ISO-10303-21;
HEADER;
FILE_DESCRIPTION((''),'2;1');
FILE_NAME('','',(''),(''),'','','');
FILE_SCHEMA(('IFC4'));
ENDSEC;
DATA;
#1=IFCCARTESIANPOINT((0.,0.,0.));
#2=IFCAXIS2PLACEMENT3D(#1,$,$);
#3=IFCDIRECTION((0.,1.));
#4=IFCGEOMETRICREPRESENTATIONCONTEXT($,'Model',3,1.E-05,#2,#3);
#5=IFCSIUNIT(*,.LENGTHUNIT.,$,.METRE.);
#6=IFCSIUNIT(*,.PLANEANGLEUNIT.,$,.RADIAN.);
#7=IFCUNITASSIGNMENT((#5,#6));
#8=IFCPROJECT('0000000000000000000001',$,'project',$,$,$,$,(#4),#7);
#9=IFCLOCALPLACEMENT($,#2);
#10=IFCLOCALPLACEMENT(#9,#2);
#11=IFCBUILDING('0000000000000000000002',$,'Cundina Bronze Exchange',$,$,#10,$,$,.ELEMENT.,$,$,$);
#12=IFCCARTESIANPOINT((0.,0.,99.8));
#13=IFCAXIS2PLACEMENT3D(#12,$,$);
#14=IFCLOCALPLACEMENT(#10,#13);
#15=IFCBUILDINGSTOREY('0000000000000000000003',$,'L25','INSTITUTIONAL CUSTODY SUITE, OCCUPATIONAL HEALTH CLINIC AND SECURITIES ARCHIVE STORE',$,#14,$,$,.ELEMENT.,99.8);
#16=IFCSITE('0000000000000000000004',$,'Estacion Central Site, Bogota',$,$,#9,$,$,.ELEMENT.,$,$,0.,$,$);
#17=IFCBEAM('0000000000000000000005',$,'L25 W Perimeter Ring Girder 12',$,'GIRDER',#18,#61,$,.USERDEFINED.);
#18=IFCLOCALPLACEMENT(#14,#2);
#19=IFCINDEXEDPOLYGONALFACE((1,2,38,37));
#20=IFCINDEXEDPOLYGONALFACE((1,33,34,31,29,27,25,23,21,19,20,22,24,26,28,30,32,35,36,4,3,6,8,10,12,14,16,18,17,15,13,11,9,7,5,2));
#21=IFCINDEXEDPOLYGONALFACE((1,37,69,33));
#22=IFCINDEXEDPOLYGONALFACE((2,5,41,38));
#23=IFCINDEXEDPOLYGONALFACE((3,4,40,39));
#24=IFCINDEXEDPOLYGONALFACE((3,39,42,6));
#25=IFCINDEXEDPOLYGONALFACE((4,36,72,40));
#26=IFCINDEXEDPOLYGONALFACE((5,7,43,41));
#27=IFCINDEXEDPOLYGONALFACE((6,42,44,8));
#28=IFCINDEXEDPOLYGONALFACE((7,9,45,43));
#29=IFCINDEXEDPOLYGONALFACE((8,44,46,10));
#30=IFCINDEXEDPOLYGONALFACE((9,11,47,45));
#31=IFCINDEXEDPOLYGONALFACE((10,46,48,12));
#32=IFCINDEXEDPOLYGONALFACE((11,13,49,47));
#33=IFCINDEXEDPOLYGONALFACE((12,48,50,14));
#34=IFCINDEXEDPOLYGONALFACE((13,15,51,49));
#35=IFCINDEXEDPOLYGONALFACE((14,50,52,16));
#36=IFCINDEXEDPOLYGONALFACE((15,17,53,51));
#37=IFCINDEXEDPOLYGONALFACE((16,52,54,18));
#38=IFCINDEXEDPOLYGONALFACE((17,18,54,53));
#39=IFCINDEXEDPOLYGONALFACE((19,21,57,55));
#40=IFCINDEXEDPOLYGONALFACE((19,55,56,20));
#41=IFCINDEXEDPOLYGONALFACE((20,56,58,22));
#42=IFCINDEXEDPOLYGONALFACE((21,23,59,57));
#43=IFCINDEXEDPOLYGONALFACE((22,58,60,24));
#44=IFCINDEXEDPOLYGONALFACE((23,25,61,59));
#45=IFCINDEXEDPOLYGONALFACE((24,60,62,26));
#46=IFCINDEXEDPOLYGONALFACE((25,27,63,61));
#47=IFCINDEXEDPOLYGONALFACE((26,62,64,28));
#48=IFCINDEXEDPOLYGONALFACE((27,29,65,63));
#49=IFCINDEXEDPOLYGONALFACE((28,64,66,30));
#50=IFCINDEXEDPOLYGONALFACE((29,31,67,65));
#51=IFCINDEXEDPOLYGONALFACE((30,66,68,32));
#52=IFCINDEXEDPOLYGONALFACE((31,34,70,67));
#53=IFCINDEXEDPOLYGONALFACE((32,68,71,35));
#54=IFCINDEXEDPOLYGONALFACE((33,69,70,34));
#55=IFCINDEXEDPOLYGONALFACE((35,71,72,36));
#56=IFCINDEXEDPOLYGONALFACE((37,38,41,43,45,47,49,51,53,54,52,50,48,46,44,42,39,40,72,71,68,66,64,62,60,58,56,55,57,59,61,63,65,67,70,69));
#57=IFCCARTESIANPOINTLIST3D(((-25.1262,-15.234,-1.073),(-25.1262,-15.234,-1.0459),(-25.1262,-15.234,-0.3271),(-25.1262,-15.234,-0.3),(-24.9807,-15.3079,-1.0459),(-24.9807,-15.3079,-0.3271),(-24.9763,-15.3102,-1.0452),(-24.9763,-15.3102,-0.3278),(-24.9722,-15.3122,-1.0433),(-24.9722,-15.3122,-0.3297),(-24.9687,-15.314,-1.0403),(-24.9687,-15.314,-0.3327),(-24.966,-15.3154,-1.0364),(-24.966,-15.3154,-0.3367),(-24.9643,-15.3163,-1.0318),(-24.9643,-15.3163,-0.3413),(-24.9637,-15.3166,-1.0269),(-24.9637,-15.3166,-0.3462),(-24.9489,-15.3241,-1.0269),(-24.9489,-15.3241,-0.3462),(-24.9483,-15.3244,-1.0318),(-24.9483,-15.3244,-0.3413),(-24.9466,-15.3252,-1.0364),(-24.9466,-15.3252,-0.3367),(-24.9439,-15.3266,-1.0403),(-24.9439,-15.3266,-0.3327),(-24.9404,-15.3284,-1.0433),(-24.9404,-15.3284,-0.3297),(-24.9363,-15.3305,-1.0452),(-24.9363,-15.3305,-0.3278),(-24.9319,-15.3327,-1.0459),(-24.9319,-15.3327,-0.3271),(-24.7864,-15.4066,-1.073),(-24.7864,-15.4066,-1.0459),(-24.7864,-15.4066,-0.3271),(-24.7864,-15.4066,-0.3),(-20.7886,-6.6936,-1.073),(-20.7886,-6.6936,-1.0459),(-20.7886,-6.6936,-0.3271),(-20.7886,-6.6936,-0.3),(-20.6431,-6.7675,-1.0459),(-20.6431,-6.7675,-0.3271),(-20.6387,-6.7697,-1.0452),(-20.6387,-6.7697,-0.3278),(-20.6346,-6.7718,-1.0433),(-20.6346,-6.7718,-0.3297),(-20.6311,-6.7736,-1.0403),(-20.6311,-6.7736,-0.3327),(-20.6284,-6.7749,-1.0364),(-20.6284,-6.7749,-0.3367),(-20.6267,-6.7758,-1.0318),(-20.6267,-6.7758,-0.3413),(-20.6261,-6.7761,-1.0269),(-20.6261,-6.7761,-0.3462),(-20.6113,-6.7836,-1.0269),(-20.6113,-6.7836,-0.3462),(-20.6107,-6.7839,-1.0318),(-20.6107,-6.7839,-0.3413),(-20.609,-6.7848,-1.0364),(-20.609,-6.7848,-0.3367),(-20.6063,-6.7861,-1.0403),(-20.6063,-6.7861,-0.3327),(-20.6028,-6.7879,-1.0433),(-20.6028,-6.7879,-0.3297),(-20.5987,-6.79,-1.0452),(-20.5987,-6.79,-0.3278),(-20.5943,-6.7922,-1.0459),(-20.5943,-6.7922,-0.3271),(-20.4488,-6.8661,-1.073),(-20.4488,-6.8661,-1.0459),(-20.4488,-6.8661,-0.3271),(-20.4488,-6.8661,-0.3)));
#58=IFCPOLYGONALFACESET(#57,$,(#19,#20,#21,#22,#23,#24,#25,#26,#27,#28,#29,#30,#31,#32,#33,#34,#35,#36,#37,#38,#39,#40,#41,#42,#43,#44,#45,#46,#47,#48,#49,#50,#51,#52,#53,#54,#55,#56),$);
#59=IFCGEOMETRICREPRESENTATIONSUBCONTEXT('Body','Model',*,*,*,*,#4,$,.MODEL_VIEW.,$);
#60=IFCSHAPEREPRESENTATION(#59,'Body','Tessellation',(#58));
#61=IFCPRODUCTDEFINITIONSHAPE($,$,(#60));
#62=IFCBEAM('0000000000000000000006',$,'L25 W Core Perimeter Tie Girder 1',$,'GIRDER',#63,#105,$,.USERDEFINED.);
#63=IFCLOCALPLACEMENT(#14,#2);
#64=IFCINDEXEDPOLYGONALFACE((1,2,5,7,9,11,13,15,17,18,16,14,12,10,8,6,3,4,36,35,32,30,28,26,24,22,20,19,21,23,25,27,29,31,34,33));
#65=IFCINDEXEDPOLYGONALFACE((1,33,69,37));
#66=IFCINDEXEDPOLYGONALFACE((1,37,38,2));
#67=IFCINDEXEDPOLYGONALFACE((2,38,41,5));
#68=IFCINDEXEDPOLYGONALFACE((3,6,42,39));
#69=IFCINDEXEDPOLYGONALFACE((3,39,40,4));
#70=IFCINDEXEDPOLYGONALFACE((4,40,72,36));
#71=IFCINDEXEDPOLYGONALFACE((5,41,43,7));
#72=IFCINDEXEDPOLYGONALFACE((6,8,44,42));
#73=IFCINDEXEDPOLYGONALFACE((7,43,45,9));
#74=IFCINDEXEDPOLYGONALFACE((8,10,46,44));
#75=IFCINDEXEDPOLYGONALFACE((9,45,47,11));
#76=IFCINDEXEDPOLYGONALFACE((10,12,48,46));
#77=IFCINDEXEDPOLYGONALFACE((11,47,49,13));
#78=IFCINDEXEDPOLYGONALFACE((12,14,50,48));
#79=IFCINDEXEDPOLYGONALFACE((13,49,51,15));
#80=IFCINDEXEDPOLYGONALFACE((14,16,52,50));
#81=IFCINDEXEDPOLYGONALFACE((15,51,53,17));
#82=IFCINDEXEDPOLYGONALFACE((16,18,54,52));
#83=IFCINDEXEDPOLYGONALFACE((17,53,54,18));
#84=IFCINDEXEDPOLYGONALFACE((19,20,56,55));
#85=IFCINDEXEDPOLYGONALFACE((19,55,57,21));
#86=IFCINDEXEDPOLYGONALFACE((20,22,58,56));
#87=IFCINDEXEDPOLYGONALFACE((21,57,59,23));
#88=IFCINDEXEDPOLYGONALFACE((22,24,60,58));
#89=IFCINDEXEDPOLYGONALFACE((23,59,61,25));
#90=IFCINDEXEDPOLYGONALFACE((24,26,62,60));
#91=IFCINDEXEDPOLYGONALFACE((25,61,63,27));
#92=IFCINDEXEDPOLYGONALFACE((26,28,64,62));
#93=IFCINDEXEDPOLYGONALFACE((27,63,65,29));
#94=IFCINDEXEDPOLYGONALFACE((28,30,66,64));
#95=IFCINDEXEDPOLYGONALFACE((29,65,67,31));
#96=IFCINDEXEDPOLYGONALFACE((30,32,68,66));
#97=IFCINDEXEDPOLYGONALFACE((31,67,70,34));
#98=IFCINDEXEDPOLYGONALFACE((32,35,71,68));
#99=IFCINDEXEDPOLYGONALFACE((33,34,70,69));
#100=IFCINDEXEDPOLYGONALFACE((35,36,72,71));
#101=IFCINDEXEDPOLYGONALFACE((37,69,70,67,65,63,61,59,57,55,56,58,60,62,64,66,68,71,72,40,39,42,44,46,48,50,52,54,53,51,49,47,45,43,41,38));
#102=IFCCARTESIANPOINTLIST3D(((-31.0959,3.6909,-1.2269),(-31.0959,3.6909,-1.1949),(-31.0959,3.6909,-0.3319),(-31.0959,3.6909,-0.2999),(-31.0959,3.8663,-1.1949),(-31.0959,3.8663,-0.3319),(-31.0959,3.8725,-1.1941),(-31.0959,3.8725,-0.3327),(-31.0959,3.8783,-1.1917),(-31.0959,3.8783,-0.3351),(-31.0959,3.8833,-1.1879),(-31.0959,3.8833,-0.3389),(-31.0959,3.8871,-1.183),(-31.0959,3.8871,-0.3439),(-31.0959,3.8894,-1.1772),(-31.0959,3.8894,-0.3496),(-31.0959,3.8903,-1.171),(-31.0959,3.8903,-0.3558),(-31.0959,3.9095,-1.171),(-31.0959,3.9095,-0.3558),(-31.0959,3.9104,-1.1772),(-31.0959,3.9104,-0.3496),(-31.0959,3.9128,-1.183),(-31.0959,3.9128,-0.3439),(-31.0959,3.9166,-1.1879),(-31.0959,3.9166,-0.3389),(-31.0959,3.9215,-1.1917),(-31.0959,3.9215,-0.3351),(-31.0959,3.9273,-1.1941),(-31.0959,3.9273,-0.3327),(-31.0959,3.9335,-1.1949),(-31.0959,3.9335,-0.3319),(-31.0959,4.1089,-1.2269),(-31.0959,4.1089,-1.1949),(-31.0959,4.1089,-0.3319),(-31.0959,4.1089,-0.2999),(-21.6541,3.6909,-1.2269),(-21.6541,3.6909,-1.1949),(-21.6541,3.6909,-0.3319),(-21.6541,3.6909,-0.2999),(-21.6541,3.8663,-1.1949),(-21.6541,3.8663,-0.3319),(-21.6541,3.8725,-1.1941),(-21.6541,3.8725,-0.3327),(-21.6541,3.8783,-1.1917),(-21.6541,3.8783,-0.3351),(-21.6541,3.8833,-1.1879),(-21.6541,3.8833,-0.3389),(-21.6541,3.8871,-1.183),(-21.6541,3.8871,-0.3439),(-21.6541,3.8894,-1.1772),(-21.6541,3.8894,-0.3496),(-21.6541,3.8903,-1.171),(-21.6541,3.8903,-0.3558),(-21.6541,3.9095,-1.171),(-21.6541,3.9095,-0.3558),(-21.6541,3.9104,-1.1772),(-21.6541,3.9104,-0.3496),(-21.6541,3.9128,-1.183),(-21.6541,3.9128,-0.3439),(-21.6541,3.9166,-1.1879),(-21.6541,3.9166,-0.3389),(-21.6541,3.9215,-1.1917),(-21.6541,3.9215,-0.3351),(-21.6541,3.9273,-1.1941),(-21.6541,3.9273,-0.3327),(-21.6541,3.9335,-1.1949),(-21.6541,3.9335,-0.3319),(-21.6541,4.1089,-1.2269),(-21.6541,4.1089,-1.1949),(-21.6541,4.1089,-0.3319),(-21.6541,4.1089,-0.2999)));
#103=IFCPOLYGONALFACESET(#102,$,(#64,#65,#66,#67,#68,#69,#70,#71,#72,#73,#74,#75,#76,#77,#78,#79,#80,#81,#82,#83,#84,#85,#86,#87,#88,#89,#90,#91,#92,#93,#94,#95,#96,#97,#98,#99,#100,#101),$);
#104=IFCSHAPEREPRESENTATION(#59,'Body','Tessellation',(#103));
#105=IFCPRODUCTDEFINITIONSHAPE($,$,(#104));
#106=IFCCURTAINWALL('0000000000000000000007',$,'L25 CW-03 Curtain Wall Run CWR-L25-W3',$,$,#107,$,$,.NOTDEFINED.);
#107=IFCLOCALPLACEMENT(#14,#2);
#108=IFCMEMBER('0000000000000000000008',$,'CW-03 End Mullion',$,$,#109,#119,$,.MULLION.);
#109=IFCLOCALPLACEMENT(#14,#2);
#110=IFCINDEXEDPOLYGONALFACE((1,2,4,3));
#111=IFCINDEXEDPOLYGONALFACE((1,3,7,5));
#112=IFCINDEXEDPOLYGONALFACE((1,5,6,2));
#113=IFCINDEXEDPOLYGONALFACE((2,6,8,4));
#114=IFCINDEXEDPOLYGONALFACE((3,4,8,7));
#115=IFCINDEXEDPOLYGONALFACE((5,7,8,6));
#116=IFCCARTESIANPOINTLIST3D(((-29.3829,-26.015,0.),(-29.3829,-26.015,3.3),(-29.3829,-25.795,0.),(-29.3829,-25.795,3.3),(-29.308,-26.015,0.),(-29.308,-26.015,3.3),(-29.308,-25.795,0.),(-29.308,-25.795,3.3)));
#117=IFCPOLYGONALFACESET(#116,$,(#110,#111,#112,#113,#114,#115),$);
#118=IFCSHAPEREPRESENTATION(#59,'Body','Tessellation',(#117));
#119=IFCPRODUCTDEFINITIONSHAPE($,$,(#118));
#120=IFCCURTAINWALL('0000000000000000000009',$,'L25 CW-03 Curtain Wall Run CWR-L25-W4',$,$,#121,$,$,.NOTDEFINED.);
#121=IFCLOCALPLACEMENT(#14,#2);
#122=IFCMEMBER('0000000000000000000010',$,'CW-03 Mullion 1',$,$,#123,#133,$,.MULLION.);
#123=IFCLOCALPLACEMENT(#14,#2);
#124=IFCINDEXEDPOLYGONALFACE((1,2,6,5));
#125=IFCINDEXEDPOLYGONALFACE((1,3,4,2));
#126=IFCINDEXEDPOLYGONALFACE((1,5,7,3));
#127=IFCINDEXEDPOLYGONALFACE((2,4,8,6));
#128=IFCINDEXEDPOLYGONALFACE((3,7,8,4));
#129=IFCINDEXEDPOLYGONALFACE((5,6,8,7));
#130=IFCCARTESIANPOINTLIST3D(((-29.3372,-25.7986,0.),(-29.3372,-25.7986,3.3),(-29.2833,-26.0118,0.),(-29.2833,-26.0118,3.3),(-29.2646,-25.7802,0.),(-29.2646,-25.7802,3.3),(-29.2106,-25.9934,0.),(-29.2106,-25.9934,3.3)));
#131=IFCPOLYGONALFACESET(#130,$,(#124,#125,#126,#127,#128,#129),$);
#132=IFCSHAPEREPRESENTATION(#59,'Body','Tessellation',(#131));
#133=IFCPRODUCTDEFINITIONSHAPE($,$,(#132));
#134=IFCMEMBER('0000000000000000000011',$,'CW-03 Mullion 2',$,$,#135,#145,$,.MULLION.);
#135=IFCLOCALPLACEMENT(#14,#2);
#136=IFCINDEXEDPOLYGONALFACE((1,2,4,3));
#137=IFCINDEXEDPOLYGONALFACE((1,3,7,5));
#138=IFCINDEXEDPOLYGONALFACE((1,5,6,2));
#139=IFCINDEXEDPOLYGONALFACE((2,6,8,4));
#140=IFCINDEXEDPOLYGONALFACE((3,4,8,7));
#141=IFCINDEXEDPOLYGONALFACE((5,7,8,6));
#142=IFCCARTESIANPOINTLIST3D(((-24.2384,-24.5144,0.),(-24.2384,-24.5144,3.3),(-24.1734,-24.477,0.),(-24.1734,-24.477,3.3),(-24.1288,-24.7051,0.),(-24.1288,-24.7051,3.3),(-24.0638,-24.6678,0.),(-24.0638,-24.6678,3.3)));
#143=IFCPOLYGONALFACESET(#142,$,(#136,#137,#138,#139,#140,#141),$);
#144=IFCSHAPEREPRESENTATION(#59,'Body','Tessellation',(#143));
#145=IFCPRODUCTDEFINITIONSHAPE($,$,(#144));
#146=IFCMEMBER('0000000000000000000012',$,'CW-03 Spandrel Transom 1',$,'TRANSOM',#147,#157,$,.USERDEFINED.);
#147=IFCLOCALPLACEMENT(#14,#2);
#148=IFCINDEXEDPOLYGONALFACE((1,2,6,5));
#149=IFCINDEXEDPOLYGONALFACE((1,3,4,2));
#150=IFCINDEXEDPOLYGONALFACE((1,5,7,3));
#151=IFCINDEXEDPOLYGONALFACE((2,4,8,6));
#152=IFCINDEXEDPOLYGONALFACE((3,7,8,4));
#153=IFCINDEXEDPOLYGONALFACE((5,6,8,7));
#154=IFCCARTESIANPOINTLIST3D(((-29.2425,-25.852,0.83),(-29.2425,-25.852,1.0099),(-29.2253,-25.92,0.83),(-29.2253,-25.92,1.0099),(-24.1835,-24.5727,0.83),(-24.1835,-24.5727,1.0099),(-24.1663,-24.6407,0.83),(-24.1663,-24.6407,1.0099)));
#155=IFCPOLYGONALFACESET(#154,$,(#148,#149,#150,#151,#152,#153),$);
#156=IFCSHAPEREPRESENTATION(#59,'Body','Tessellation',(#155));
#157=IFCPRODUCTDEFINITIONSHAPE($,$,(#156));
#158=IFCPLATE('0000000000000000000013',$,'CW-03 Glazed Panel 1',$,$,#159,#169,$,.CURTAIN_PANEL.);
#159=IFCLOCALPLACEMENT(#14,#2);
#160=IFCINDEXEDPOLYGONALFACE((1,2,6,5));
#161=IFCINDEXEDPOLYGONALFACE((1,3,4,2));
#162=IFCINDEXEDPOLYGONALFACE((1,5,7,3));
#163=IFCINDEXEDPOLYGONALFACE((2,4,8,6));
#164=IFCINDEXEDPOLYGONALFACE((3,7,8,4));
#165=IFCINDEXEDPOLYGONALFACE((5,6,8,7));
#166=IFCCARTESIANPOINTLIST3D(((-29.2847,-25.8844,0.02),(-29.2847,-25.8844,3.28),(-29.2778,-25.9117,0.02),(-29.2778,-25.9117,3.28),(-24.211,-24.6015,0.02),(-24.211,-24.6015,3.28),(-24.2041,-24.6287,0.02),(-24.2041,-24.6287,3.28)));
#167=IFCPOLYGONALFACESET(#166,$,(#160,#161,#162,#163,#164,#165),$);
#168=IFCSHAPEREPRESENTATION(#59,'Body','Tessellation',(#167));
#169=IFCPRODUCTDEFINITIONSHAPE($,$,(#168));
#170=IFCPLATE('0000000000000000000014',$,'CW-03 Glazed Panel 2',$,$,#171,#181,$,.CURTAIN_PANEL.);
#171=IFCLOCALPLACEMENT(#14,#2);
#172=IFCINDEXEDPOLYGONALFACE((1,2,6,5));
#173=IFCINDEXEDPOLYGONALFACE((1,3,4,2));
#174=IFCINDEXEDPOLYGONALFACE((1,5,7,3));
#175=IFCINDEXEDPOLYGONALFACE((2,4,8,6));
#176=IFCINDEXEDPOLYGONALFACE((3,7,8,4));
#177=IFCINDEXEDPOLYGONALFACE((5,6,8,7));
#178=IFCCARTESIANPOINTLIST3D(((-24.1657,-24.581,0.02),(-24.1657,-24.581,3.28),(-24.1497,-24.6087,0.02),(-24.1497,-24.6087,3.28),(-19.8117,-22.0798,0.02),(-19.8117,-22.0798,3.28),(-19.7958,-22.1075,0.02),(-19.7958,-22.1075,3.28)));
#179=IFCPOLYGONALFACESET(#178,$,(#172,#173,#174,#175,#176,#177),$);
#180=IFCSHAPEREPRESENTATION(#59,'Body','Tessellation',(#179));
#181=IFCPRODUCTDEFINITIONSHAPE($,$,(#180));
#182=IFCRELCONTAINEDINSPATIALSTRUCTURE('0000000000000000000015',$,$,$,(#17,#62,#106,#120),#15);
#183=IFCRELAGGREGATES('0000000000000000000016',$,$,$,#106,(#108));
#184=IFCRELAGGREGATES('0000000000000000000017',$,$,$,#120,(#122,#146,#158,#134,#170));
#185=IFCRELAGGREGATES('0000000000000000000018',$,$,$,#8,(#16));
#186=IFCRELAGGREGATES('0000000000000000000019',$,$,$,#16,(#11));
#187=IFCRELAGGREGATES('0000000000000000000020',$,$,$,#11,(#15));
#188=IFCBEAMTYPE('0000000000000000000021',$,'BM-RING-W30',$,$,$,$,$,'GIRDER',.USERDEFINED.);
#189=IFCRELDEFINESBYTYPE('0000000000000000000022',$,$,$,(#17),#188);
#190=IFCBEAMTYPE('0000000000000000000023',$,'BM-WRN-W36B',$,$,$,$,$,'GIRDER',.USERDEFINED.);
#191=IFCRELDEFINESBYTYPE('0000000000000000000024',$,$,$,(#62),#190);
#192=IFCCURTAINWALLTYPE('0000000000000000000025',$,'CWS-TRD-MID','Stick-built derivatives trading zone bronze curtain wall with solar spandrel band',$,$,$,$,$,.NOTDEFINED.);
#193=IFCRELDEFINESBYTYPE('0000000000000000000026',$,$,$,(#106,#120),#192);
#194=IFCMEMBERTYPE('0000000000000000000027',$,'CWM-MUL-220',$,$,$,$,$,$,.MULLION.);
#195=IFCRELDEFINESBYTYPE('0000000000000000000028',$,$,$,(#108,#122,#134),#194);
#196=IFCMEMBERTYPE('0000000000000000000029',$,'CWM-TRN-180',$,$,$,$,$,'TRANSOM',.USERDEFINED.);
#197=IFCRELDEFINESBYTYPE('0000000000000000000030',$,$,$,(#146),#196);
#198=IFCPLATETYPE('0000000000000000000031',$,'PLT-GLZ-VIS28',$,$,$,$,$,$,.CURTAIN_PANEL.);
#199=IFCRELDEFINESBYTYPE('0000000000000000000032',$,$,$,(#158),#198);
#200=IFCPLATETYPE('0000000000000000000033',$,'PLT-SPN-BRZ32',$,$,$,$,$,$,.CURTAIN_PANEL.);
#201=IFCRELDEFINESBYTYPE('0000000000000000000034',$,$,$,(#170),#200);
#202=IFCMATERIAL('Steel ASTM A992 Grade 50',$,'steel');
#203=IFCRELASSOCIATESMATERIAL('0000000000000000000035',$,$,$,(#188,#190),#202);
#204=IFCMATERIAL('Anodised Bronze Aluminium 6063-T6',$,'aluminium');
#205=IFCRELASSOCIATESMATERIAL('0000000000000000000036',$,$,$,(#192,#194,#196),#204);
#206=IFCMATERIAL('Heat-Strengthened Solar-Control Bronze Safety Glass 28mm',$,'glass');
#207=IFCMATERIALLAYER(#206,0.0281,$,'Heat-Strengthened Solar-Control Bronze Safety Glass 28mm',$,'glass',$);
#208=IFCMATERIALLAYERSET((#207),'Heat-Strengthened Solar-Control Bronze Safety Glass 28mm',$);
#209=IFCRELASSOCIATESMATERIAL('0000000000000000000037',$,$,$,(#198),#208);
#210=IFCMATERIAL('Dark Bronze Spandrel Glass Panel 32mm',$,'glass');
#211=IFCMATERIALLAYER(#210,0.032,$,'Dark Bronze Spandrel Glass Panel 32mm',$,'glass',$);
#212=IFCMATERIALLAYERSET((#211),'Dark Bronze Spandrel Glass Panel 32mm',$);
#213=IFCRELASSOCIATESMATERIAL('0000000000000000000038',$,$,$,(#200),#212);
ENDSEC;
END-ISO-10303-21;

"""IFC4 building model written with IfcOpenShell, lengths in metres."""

from ifc_helpers import new_model, si_unit, direction, frame, origin, origin_2d, place, context, subcontext, project, spatial, rectangle, i_section, extrude, material, layer, layer_set, material_profile, profile_set, type_object, element, aggregate, save


model = new_model("IFC4")

# Units and contexts
model_context = context("Model", 3, precision=1e-05, world=origin(), true_north=direction((0.0, 1.0)))
body_context = subcontext(model_context, "Body", "Model", "MODEL_VIEW")
ifc_project = project(units=[si_unit("LENGTHUNIT", "METRE"), si_unit("PLANEANGLEUNIT", "RADIAN")], contexts=[model_context])

# Site, building, storey
site_placement = place(None, origin())
site = spatial("IfcSite", under=ifc_project, at=site_placement, Name="Estacion Central Site, Bogota", CompositionType="ELEMENT", RefElevation=0.0)
building_placement = place(site_placement, origin())
building = spatial("IfcBuilding", under=site, at=building_placement, Name="Cundina Bronze Exchange", CompositionType="ELEMENT")
storey_placement = place(building_placement, frame((0.0, 0.0, 99.8)))
storey = spatial("IfcBuildingStorey", under=building, at=storey_placement, Name="L25", Description="INSTITUTIONAL CUSTODY SUITE, OCCUPATIONAL HEALTH CLINIC AND SECURITIES ARCHIVE STORE", CompositionType="ELEMENT", Elevation=99.8)

# Shared definitions
ifc_material_1 = material(Name="Steel ASTM A992 Grade 50", Category="steel")

# Beams
ifc_material_profile_1 = material_profile(ifc_material_1, i_section(OverallWidth=0.3811, OverallDepth=0.7729, WebThickness=0.0166, FlangeThickness=0.0271, FilletRadius=0.019, at=origin_2d()), Name="W30X173", Category="steel")
ifc_profile_set_1 = profile_set([ifc_material_profile_1], Name="Steel ASTM A992 Grade 50")
beam_type_1 = type_object("IfcBeamType", Name="BM-RING-W30", ElementType="GIRDER", PredefinedType="USERDEFINED", material=ifc_profile_set_1)
beam_1_placement = place(storey_placement, frame((-24.9563, -15.3203, -0.6865), z_axis=(0.452832, 0.891596, 0.0), x_axis=(-0.891596, 0.452832, 0.0)))
element("IfcBeam", 1, at=beam_1_placement, inside=storey, type_object=beam_type_1, Name="L25 W Perimeter Ring Girder 12", ObjectType="GIRDER", PredefinedType="USERDEFINED", context=body_context, shape_type="SweptSolid", body=[
    extrude(i_section(OverallWidth=0.3811, OverallDepth=0.7729, WebThickness=0.0166, FlangeThickness=0.0271, FilletRadius=0.019, at=origin_2d()), origin(), (0.0, 0.0, 1.0), 9.5789),
])
ifc_material_profile_2 = material_profile(ifc_material_1, i_section(OverallWidth=0.418, OverallDepth=0.927, WebThickness=0.0193, FlangeThickness=0.032, FilletRadius=0.0239, at=origin_2d()), Name="W36X231", Category="steel")
ifc_profile_set_2 = profile_set([ifc_material_profile_2], Name="Steel ASTM A992 Grade 50")
beam_type_2 = type_object("IfcBeamType", Name="BM-WRN-W36B", ElementType="GIRDER", PredefinedType="USERDEFINED", material=ifc_profile_set_2)
beam_2_placement = place(storey_placement, frame((-31.0959, 3.8999, -0.7634), z_axis=(1.0, 0.0, 0.0), x_axis=(0.0, 1.0, 0.0)))
element("IfcBeam", 2, at=beam_2_placement, inside=storey, type_object=beam_type_2, Name="L25 W Core Perimeter Tie Girder 1", ObjectType="GIRDER", PredefinedType="USERDEFINED", context=body_context, shape_type="SweptSolid", body=[
    extrude(i_section(OverallWidth=0.418, OverallDepth=0.927, WebThickness=0.0193, FlangeThickness=0.032, FilletRadius=0.0239, at=origin_2d()), origin(), (0.0, 0.0, 1.0), 9.4419),
])

# Curtain wall, member
ifc_material_2 = material(Name="Anodised Bronze Aluminium 6063-T6", Category="aluminium")
curtain_wall_type = type_object("IfcCurtainWallType", Name="CWS-TRD-MID", Description="Stick-built derivatives trading zone bronze curtain wall with solar spandrel band", PredefinedType="NOTDEFINED", material=ifc_material_2)
curtain_wall_1_placement = place(storey_placement, origin())
curtain_wall_1 = element("IfcCurtainWall", 3, at=curtain_wall_1_placement, inside=storey, type_object=curtain_wall_type, Name="L25 CW-03 Curtain Wall Run CWR-L25-W3", PredefinedType="NOTDEFINED")
ifc_material_profile_3 = material_profile(ifc_material_2, rectangle(XDim=0.075, YDim=0.22, at=origin_2d()), Name="AL75X220", Category="aluminium")
ifc_profile_set_3 = profile_set([ifc_material_profile_3], Name="Anodised Bronze Aluminium 6063-T6")
member_type_1 = type_object("IfcMemberType", Name="CWM-MUL-220", PredefinedType="MULLION", material=ifc_profile_set_3)
member_1_placement = place(storey_placement, frame((-29.3455, -25.905, 0.0), z_axis=(0.0, 0.0, 1.0), x_axis=(1.0, 0.0, 0.0)))
member_1 = element("IfcMember", 4, at=member_1_placement, type_object=member_type_1, Name="CW-03 End Mullion", PredefinedType="MULLION", context=body_context, shape_type="SweptSolid", body=[
    extrude(rectangle(XDim=0.075, YDim=0.22, at=origin_2d()), origin(), (0.0, 0.0, 1.0), 3.3),
])
aggregate(curtain_wall_1, [member_1])

# Curtain wall, members, plates
curtain_wall_2_placement = place(storey_placement, origin())
curtain_wall_2 = element("IfcCurtainWall", 5, at=curtain_wall_2_placement, inside=storey, type_object=curtain_wall_type, Name="L25 CW-03 Curtain Wall Run CWR-L25-W4", PredefinedType="NOTDEFINED")
member_2_placement = place(storey_placement, frame((-29.2739, -25.896, 0.0), z_axis=(0.0, 0.0, 1.0), x_axis=(0.969488, 0.245138, 0.0)))
member_2 = element("IfcMember", 6, at=member_2_placement, type_object=member_type_1, Name="CW-03 Mullion 1", PredefinedType="MULLION", context=body_context, shape_type="SweptSolid", body=[
    extrude(rectangle(XDim=0.075, YDim=0.22, at=origin_2d()), origin(), (0.0, 0.0, 1.0), 3.3),
])
member_3_placement = place(storey_placement, frame((-24.1511, -24.5911, 0.0), z_axis=(0.0, 0.0, 1.0), x_axis=(0.867071, 0.498185, 0.0)))
member_3 = element("IfcMember", 7, at=member_3_placement, type_object=member_type_1, Name="CW-03 Mullion 2", PredefinedType="MULLION", context=body_context, shape_type="SweptSolid", body=[
    extrude(rectangle(XDim=0.075, YDim=0.22, at=origin_2d()), origin(), (0.0, 0.0, 1.0), 3.3),
])
ifc_material_profile_4 = material_profile(ifc_material_2, rectangle(XDim=0.0701, YDim=0.1799, at=origin_2d()), Name="AL70X180", Category="aluminium")
ifc_profile_set_4 = profile_set([ifc_material_profile_4], Name="Anodised Bronze Aluminium 6063-T6")
member_type_2 = type_object("IfcMemberType", Name="CWM-TRN-180", ElementType="TRANSOM", PredefinedType="USERDEFINED", material=ifc_profile_set_4)
member_4_placement = place(storey_placement, frame((-29.2339, -25.886, 0.9199), z_axis=(0.969484, 0.245155, 0.0), x_axis=(-0.245155, 0.969484, 0.0)))
member_4 = element("IfcMember", 8, at=member_4_placement, type_object=member_type_2, Name="CW-03 Spandrel Transom 1", ObjectType="TRANSOM", PredefinedType="USERDEFINED", context=body_context, shape_type="SweptSolid", body=[
    extrude(rectangle(XDim=0.0701, YDim=0.1799, at=origin_2d()), origin(), (0.0, 0.0, 1.0), 5.2183),
])
ifc_material_3 = material(Name="Heat-Strengthened Solar-Control Bronze Safety Glass 28mm", Category="glass")
ifc_layer_1 = layer(ifc_material_3, 0.0281, Name="Heat-Strengthened Solar-Control Bronze Safety Glass 28mm", Category="glass")
ifc_layer_set_1 = layer_set([ifc_layer_1], Name="Heat-Strengthened Solar-Control Bronze Safety Glass 28mm")
plate_type_1 = type_object("IfcPlateType", Name="PLT-GLZ-VIS28", PredefinedType="CURTAIN_PANEL", material=ifc_layer_set_1)
plate_1_placement = place(storey_placement, frame((-26.7444, -25.2566, 0.02), z_axis=(0.0, 0.0, 1.0), x_axis=(0.969488, 0.245138, 0.0)))
plate_1 = element("IfcPlate", 9, at=plate_1_placement, type_object=plate_type_1, Name="CW-03 Glazed Panel 1", PredefinedType="CURTAIN_PANEL", context=body_context, shape_type="SweptSolid", body=[
    extrude(rectangle(XDim=5.2334, YDim=0.0281, at=origin_2d()), origin(), (0.0, 0.0, 1.0), 3.26),
])
ifc_material_4 = material(Name="Dark Bronze Spandrel Glass Panel 32mm", Category="glass")
ifc_layer_2 = layer(ifc_material_4, 0.032, Name="Dark Bronze Spandrel Glass Panel 32mm", Category="glass")
ifc_layer_set_2 = layer_set([ifc_layer_2], Name="Dark Bronze Spandrel Glass Panel 32mm")
plate_type_2 = type_object("IfcPlateType", Name="PLT-SPN-BRZ32", PredefinedType="CURTAIN_PANEL", material=ifc_layer_set_2)
plate_2_placement = place(storey_placement, frame((-21.9807, -23.3442, 0.02), z_axis=(0.0, 0.0, 1.0), x_axis=(0.867105, 0.498125, 0.0)))
plate_2 = element("IfcPlate", 10, at=plate_2_placement, type_object=plate_type_2, Name="CW-03 Glazed Panel 2", PredefinedType="CURTAIN_PANEL", context=body_context, shape_type="SweptSolid", body=[
    extrude(rectangle(XDim=5.0212, YDim=0.032, at=origin_2d()), origin(), (0.0, 0.0, 1.0), 3.26),
])
aggregate(curtain_wall_2, [member_2, member_4, plate_1, member_3, plate_2])

save(model, "model.ifc")
